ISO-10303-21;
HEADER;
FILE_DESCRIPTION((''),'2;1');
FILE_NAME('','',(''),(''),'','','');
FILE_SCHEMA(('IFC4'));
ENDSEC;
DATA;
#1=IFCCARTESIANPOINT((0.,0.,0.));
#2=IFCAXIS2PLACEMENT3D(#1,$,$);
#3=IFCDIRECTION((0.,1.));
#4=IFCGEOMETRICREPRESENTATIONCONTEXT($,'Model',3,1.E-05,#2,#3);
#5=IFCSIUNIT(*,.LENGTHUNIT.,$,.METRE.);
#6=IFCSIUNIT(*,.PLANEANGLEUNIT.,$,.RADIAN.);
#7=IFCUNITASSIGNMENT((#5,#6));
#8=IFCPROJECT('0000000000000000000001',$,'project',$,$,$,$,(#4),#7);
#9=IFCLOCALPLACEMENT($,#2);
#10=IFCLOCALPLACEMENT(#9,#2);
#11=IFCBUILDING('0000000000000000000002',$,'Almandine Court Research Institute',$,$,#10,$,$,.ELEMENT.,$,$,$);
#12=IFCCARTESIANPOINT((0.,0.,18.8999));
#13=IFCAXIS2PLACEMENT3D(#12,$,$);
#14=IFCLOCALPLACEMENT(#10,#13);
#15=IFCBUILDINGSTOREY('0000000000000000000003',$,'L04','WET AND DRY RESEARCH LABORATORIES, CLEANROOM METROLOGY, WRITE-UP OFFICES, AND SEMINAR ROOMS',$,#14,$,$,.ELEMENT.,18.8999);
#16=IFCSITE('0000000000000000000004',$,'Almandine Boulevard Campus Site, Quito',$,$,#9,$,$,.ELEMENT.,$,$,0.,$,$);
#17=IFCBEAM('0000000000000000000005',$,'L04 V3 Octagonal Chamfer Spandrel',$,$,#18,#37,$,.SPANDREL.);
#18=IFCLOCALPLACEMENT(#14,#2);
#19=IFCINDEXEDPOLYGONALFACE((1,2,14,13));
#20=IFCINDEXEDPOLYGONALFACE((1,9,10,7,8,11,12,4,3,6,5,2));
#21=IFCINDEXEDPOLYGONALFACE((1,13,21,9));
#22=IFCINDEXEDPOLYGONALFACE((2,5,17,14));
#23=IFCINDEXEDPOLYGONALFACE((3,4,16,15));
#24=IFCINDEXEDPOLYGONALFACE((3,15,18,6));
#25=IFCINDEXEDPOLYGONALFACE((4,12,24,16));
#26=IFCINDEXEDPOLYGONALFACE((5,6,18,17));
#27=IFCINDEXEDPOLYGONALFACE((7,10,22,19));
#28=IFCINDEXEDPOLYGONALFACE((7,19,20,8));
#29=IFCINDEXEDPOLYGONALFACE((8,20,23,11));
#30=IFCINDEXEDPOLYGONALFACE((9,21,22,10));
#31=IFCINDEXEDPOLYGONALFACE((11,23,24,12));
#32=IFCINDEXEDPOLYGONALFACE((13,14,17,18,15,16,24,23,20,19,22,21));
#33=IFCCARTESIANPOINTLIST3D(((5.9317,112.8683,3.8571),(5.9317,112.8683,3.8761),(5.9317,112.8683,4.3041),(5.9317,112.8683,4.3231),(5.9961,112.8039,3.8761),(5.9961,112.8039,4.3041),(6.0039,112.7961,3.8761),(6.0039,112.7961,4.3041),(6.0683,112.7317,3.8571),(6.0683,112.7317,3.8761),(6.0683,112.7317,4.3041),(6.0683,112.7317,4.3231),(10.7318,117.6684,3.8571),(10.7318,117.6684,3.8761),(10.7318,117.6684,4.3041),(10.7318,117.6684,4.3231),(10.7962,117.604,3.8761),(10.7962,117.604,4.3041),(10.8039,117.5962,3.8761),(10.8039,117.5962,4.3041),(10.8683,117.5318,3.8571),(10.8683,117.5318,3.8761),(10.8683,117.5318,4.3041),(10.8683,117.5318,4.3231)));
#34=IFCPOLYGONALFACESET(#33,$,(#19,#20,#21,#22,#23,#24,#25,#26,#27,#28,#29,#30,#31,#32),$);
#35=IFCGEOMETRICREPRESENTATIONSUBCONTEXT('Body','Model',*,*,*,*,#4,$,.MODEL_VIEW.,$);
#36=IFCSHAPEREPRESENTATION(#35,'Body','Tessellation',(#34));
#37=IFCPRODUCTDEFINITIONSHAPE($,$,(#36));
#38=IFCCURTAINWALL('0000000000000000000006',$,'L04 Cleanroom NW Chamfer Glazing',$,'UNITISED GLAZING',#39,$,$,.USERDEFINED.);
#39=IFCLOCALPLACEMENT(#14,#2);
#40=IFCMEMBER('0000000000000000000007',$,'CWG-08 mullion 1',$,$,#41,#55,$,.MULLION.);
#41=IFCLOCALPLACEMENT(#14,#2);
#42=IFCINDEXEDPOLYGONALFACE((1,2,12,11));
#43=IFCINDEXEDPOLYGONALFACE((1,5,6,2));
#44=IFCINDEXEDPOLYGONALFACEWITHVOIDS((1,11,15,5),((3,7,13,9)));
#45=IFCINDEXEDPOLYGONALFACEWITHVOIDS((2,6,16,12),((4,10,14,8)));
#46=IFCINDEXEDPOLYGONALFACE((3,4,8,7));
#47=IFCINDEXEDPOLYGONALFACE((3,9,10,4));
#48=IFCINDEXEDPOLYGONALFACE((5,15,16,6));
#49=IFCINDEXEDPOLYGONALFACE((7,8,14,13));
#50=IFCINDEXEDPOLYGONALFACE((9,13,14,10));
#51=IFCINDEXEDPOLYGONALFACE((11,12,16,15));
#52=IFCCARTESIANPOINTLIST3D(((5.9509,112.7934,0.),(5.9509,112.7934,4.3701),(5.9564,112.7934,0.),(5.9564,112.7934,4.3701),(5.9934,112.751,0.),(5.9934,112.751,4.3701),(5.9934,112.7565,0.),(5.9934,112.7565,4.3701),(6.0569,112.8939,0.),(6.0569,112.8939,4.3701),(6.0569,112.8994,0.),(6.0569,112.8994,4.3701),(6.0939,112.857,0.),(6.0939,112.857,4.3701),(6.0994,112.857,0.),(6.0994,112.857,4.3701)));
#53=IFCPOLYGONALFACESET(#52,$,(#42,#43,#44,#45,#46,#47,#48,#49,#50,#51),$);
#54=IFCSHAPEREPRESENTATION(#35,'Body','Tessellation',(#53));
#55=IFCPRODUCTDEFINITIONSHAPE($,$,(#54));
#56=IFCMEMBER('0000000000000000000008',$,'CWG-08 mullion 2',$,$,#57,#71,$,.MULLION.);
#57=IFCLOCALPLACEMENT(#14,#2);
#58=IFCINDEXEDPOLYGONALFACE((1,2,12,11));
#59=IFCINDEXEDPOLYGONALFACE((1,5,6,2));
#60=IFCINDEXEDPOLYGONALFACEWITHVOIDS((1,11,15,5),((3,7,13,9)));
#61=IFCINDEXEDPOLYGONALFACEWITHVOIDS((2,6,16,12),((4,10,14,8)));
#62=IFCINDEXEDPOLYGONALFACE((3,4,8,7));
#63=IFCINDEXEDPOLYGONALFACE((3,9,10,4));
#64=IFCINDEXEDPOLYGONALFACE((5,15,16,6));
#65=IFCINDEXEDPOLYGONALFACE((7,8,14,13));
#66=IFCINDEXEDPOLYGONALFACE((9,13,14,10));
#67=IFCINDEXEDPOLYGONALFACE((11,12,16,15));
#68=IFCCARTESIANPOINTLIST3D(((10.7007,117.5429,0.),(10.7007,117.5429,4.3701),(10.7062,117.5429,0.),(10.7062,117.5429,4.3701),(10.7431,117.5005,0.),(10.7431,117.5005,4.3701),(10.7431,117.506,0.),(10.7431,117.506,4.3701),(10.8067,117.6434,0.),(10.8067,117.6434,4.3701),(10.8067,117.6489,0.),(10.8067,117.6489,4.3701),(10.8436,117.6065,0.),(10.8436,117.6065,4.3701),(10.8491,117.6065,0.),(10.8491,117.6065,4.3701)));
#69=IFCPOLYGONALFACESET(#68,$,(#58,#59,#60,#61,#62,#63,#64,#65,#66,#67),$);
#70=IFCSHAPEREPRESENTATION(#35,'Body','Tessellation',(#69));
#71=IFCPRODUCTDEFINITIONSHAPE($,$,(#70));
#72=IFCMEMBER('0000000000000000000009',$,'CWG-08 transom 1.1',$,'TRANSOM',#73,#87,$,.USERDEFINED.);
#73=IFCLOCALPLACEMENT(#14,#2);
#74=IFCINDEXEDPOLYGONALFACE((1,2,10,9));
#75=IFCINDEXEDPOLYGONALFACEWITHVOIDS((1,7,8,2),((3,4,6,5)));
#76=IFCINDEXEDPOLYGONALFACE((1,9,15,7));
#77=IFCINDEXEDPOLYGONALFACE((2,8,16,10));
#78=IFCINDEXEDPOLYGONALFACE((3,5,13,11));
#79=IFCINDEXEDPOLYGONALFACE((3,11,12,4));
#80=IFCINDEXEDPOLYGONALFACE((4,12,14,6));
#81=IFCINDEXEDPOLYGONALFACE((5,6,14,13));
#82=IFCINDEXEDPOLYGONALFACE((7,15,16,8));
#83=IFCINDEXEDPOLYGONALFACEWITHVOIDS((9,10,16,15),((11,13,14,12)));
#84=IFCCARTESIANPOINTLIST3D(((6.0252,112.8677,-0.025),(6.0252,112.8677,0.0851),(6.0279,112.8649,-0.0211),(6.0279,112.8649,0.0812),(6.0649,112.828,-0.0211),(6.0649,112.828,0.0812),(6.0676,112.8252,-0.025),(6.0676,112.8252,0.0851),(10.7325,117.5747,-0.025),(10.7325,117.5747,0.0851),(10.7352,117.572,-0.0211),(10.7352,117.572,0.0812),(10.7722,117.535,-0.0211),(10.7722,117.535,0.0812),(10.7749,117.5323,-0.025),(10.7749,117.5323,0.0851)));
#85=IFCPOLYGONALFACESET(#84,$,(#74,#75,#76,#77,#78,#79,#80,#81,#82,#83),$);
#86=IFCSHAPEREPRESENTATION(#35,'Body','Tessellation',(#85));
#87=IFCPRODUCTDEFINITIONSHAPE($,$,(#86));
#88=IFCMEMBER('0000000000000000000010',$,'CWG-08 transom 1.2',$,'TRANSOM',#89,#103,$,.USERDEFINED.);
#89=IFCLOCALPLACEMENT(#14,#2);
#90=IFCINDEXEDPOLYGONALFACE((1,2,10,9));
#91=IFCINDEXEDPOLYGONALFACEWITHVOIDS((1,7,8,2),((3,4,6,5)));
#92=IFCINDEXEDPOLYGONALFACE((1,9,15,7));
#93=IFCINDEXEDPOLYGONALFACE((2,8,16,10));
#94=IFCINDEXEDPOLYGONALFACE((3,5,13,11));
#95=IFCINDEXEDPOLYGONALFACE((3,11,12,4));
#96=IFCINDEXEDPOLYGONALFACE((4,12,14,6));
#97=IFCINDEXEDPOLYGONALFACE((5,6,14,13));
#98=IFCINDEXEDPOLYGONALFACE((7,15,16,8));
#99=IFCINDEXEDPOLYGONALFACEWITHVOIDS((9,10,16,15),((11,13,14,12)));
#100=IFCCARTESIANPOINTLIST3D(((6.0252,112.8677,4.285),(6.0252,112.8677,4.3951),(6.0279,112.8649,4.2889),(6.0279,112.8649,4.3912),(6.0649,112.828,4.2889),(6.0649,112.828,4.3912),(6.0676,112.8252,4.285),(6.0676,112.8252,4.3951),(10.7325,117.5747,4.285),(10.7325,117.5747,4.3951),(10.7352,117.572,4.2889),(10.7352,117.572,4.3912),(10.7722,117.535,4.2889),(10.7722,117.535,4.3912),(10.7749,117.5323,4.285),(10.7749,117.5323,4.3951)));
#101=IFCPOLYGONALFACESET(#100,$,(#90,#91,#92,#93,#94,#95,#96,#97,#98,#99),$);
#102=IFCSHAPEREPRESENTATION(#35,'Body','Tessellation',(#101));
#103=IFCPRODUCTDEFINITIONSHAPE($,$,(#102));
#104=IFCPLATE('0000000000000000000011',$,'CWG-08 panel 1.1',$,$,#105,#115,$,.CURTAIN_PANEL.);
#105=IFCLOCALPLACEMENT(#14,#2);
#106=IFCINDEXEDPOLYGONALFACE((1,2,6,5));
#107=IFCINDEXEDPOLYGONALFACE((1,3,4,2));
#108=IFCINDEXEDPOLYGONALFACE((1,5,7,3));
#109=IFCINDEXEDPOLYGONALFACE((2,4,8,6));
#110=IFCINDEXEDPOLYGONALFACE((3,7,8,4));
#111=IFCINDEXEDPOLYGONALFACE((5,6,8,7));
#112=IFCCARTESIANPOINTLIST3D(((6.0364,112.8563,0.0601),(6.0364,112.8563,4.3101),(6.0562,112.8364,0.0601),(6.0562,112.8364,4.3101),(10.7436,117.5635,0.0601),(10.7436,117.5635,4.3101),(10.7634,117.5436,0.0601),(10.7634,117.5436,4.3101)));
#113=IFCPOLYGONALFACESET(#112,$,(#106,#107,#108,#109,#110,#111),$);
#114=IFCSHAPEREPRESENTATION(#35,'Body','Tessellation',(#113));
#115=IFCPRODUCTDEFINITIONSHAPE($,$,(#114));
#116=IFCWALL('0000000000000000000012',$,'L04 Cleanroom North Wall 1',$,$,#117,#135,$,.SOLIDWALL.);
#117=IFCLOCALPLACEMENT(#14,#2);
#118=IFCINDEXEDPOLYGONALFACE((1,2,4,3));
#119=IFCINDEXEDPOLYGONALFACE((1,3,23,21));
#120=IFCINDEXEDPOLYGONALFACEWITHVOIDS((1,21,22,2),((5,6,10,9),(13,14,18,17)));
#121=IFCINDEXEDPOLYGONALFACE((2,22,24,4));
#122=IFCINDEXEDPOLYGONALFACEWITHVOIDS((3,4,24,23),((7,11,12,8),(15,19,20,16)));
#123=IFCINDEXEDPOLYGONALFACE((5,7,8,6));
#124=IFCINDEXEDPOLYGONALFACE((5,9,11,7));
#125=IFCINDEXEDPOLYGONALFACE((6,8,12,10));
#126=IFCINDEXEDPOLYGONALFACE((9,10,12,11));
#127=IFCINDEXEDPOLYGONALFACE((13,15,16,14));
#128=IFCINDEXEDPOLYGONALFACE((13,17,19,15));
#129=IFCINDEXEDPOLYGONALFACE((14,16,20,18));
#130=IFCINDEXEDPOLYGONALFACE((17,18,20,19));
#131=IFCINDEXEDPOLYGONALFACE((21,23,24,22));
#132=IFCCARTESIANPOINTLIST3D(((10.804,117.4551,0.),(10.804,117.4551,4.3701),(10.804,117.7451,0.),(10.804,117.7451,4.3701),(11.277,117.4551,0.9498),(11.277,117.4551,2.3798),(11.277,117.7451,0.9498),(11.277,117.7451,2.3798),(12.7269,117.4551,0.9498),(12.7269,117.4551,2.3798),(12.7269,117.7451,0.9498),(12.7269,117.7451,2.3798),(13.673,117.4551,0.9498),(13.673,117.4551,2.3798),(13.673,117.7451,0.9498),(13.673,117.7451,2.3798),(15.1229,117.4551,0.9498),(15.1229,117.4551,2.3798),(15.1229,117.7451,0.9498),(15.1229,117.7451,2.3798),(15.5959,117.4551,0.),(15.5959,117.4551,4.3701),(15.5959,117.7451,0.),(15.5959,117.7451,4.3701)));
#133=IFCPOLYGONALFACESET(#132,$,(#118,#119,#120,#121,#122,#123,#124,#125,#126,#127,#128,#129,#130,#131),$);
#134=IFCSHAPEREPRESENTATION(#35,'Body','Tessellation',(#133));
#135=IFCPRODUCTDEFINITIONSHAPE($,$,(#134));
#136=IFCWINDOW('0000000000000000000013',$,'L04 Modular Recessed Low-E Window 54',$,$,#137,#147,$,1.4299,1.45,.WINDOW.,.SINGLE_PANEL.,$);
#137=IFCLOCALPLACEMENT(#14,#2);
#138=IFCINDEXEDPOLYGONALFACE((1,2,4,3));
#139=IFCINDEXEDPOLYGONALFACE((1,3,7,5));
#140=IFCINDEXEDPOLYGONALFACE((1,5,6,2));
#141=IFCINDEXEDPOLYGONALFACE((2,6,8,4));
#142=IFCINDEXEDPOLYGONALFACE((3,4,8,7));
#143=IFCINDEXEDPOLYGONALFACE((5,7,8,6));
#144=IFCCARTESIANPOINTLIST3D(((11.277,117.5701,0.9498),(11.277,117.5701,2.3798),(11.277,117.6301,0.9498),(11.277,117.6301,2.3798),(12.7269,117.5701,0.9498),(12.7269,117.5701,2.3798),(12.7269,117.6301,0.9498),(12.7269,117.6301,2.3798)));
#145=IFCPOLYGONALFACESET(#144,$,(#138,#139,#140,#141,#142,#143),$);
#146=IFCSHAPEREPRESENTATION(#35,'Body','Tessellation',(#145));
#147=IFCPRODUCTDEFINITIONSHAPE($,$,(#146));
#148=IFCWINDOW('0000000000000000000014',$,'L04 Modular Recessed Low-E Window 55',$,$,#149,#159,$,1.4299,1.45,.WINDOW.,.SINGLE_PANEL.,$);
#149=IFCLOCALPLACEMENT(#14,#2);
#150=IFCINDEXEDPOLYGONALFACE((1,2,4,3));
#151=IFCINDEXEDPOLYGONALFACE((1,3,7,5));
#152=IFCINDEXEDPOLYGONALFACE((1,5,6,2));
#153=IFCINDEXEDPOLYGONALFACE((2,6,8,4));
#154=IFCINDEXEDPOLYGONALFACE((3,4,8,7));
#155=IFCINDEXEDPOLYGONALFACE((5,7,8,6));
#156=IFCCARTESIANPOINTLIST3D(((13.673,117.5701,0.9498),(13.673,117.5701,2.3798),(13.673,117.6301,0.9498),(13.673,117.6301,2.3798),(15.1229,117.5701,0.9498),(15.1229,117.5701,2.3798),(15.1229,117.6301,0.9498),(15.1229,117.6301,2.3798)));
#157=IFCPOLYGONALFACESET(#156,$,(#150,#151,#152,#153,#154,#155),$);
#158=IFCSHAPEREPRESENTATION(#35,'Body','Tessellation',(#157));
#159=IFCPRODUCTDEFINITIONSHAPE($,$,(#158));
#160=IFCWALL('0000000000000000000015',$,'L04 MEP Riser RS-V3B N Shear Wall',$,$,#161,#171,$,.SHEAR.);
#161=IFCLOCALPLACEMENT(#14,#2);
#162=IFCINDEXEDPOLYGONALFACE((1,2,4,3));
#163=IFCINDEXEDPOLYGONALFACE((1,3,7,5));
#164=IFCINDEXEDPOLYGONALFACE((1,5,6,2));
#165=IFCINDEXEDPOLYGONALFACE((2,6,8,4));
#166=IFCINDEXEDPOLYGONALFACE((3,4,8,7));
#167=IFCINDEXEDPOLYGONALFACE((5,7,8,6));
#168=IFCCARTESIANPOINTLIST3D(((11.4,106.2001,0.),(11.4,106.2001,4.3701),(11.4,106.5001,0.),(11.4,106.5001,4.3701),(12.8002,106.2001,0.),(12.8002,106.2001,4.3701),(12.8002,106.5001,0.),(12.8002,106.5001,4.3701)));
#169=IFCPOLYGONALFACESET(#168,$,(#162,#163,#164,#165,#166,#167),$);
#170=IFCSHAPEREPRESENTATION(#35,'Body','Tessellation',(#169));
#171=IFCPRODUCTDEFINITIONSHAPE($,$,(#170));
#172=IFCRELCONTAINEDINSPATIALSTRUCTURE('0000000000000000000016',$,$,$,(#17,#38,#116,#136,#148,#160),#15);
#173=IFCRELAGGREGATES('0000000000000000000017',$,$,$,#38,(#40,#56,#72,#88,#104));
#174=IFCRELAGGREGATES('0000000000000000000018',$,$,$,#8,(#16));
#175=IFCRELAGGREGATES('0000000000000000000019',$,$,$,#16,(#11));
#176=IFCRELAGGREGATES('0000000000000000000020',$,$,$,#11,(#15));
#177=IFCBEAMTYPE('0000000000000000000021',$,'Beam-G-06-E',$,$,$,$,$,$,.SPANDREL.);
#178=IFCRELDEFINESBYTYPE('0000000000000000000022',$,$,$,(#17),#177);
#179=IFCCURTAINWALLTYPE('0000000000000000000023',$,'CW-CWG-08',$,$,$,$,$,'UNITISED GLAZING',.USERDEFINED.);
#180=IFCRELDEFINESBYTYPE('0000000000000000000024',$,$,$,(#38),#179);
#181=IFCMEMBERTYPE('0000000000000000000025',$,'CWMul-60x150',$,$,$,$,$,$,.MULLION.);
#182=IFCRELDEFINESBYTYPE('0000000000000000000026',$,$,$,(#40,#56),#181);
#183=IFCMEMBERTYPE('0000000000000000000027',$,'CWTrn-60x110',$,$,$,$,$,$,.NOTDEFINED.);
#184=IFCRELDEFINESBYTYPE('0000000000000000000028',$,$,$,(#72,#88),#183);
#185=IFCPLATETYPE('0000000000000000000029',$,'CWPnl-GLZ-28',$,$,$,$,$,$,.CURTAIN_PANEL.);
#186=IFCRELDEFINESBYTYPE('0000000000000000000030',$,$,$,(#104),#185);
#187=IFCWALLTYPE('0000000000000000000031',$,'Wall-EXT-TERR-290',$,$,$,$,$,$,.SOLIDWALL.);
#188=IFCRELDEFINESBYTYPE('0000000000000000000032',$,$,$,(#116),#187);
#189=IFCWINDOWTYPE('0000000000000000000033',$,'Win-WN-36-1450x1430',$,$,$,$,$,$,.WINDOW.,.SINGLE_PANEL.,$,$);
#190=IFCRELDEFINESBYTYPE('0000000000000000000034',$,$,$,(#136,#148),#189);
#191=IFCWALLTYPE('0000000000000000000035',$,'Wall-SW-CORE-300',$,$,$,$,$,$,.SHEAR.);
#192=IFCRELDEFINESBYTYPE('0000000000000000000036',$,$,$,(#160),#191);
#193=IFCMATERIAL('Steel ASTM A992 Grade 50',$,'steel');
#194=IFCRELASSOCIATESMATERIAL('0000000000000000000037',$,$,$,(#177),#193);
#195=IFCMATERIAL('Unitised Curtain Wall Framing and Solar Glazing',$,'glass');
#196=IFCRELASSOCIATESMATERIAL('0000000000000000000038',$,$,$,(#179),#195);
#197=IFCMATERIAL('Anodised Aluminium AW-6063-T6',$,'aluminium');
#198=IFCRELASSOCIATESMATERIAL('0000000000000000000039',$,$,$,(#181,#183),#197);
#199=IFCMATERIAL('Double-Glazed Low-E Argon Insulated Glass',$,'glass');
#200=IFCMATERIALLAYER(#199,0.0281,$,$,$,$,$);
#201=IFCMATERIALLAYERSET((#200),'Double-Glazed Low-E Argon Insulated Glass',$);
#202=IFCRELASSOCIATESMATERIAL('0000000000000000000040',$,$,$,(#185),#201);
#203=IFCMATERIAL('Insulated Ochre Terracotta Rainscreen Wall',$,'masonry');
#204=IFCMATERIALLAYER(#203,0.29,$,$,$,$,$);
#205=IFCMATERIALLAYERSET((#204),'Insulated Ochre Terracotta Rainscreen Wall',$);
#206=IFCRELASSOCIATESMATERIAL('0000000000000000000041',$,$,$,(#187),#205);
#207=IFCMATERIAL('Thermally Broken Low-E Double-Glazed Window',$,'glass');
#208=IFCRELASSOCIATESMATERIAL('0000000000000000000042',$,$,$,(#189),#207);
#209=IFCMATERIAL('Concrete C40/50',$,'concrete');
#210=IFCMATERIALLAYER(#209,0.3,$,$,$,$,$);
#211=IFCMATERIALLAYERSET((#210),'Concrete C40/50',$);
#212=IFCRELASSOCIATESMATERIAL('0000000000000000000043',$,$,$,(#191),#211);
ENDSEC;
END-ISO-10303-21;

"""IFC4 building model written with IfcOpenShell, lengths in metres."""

from ifc_helpers import new_model, si_unit, direction, frame, frame_2d, origin, origin_2d, place, context, subcontext, project, spatial, rectangle, hollow_rectangle, i_section, extrude, material, layer, layer_set, material_profile, profile_set, type_object, element, fill, aggregate, save


model = new_model("IFC4")

# Units and contexts
model_context = context("Model", 3, precision=1e-05, world=origin(), true_north=direction((0.0, 1.0)))
body_context = subcontext(model_context, "Body", "Model", "MODEL_VIEW")
ifc_project = project(units=[si_unit("LENGTHUNIT", "METRE"), si_unit("PLANEANGLEUNIT", "RADIAN")], contexts=[model_context])

# Site, building, storey
site_placement = place(None, origin())
site = spatial("IfcSite", under=ifc_project, at=site_placement, Name="Almandine Boulevard Campus Site, Quito", CompositionType="ELEMENT", RefElevation=0.0)
building_placement = place(site_placement, origin())
building = spatial("IfcBuilding", under=site, at=building_placement, Name="Almandine Court Research Institute", CompositionType="ELEMENT")
storey_placement = place(building_placement, frame((0.0, 0.0, 18.8999)))
storey = spatial("IfcBuildingStorey", under=building, at=storey_placement, Name="L04", Description="WET AND DRY RESEARCH LABORATORIES, CLEANROOM METROLOGY, WRITE-UP OFFICES, AND SEMINAR ROOMS", CompositionType="ELEMENT", Elevation=18.8999)

# Shared definitions
ifc_material_1 = material(Name="Steel ASTM A992 Grade 50", Category="steel")

# Beam
ifc_material_profile_1 = material_profile(ifc_material_1, i_section(OverallWidth=0.1931, OverallDepth=0.4661, WebThickness=0.011, FlangeThickness=0.019, at=origin_2d()), Name="W460x97")
ifc_profile_set_1 = profile_set([ifc_material_profile_1], Name="Steel ASTM A992 Grade 50")
beam_type_1 = type_object("IfcBeamType", Name="Beam-G-06-E", PredefinedType="SPANDREL", material=ifc_profile_set_1)
beam_1_placement = place(storey_placement, frame((10.8, 117.6001, 4.0901), z_axis=(-0.707107, -0.707107, 0.0), x_axis=(0.707107, -0.707107, 0.0)))
element("IfcBeam", 1, at=beam_1_placement, inside=storey, type_object=beam_type_1, Name="L04 V3 Octagonal Chamfer Spandrel", PredefinedType="SPANDREL", context=body_context, shape_type="SweptSolid", body=[
    extrude(i_section(OverallWidth=0.1931, OverallDepth=0.4661, WebThickness=0.011, FlangeThickness=0.019, at=origin_2d()), origin(), (0.0, 0.0, 1.0), 6.7883),
])

# Curtain wall, members, plate
ifc_material_2 = material(Name="Unitised Curtain Wall Framing and Solar Glazing", Category="glass")
curtain_wall_type = type_object("IfcCurtainWallType", Name="CW-CWG-08", ElementType="UNITISED GLAZING", PredefinedType="USERDEFINED", material=ifc_material_2)
curtain_wall_placement = place(storey_placement, origin())
curtain_wall = element("IfcCurtainWall", 2, at=curtain_wall_placement, inside=storey, type_object=curtain_wall_type, Name="L04 Cleanroom NW Chamfer Glazing", ObjectType="UNITISED GLAZING", PredefinedType="USERDEFINED")
ifc_material_3 = material(Name="Anodised Aluminium AW-6063-T6", Category="aluminium")
ifc_material_profile_2 = material_profile(ifc_material_3, hollow_rectangle(XDim=0.0601, YDim=0.1499, WallThickness=0.0039, at=origin_2d()), Name="ALU RHS 60x150x4")
ifc_profile_set_2 = profile_set([ifc_material_profile_2], Name="Anodised Aluminium AW-6063-T6")
member_type_1 = type_object("IfcMemberType", Name="CWMul-60x150", PredefinedType="MULLION", material=ifc_profile_set_2)
member_1_placement = place(storey_placement, frame((6.0251, 112.8252, 0.0), z_axis=(0.0, 0.0, 1.0), x_axis=(-0.707107, 0.707107, 0.0)))
member_1 = element("IfcMember", 3, at=member_1_placement, type_object=member_type_1, Name="CWG-08 mullion 1", PredefinedType="MULLION", context=body_context, shape_type="SweptSolid", body=[
    extrude(hollow_rectangle(XDim=0.0601, YDim=0.1499, WallThickness=0.0039, at=origin_2d()), origin(), (0.0, 0.0, 1.0), 4.3701),
])
member_2_placement = place(storey_placement, frame((10.7749, 117.5747, 0.0), z_axis=(0.0, 0.0, 1.0), x_axis=(-0.707107, 0.707107, 0.0)))
member_2 = element("IfcMember", 4, at=member_2_placement, type_object=member_type_1, Name="CWG-08 mullion 2", PredefinedType="MULLION", context=body_context, shape_type="SweptSolid", body=[
    extrude(hollow_rectangle(XDim=0.0601, YDim=0.1499, WallThickness=0.0039, at=origin_2d()), origin(), (0.0, 0.0, 1.0), 4.3701),
])
ifc_material_profile_3 = material_profile(ifc_material_3, hollow_rectangle(XDim=0.0601, YDim=0.1101, WallThickness=0.0039, at=origin_2d()), Name="ALU RHS 60x110x4")
ifc_profile_set_3 = profile_set([ifc_material_profile_3], Name="Anodised Aluminium AW-6063-T6")
member_type_2 = type_object("IfcMemberType", Name="CWTrn-60x110", PredefinedType="NOTDEFINED", material=ifc_profile_set_3)
member_3_placement = place(storey_placement, frame((6.0464, 112.8464, 0.03), z_axis=(0.707125, 0.707088, 0.0), x_axis=(-0.707088, 0.707125, 0.0)))
member_3 = element("IfcMember", 5, at=member_3_placement, type_object=member_type_2, Name="CWG-08 transom 1.1", ObjectType="TRANSOM", PredefinedType="USERDEFINED", context=body_context, shape_type="SweptSolid", body=[
    extrude(hollow_rectangle(XDim=0.0601, YDim=0.1101, WallThickness=0.0039, at=origin_2d()), origin(), (0.0, 0.0, 1.0), 6.657),
])
member_4_placement = place(storey_placement, frame((6.0464, 112.8464, 4.3401), z_axis=(0.707125, 0.707088, 0.0), x_axis=(-0.707088, 0.707125, 0.0)))
member_4 = element("IfcMember", 6, at=member_4_placement, type_object=member_type_2, Name="CWG-08 transom 1.2", ObjectType="TRANSOM", PredefinedType="USERDEFINED", context=body_context, shape_type="SweptSolid", body=[
    extrude(hollow_rectangle(XDim=0.0601, YDim=0.1101, WallThickness=0.0039, at=origin_2d()), origin(), (0.0, 0.0, 1.0), 6.657),
])
ifc_material_4 = material(Name="Double-Glazed Low-E Argon Insulated Glass", Category="glass")
ifc_layer_1 = layer(ifc_material_4, 0.0281)
ifc_layer_set_1 = layer_set([ifc_layer_1], Name="Double-Glazed Low-E Argon Insulated Glass")
plate_type = type_object("IfcPlateType", Name="CWPnl-GLZ-28", PredefinedType="CURTAIN_PANEL", material=ifc_layer_set_1)
plate_placement = place(storey_placement, frame((8.3999, 115.2, 0.0601), z_axis=(0.0, 0.0, 1.0), x_axis=(0.707107, 0.707107, 0.0)))
plate = element("IfcPlate", 7, at=plate_placement, type_object=plate_type, Name="CWG-08 panel 1.1", PredefinedType="CURTAIN_PANEL", context=body_context, shape_type="SweptSolid", body=[
    extrude(rectangle(XDim=6.657, YDim=0.0281, at=origin_2d()), origin(), (0.0, 0.0, 1.0), 4.25),
])
aggregate(curtain_wall, [member_1, member_2, member_3, member_4, plate])

# Wall, openings, windows
ifc_material_5 = material(Name="Insulated Ochre Terracotta Rainscreen Wall", Category="masonry")
ifc_layer_2 = layer(ifc_material_5, 0.29)
ifc_layer_set_2 = layer_set([ifc_layer_2], Name="Insulated Ochre Terracotta Rainscreen Wall")
wall_type_1 = type_object("IfcWallType", Name="Wall-EXT-TERR-290", PredefinedType="SOLIDWALL", material=ifc_layer_set_2)
wall_1_placement = place(storey_placement, frame((10.804, 117.6001, 0.0), z_axis=(0.0, 0.0, 1.0), x_axis=(1.0, 0.0, 0.0)))
wall_1 = element("IfcWall", 8, at=wall_1_placement, inside=storey, type_object=wall_type_1, Name="L04 Cleanroom North Wall 1", PredefinedType="SOLIDWALL", context=body_context, shape_type="SweptSolid", body=[
    extrude(rectangle(XDim=4.792, YDim=0.29, at=frame_2d((2.396, 0.0))), origin(), (0.0, 0.0, 1.0), 4.3701),
])
opening_1_placement = place(wall_1_placement, frame((0.4729, 0.0, 0.95)))
opening_1 = element("IfcOpeningElement", 9, at=opening_1_placement, cuts=wall_1, PredefinedType="OPENING", context=body_context, shape_type="SweptSolid", body=[
    extrude(rectangle(XDim=1.45, YDim=1.4299, at=frame_2d((0.7251, 0.7148))), frame((0.0, 0.155, 0.0), z_axis=(0.0, -1.0, 0.0), x_axis=(1.0, 0.0, 0.0)), (0.0, 0.0, 1.0), 0.3101),
])
opening_2_placement = place(wall_1_placement, frame((2.8689, 0.0, 0.95)))
opening_2 = element("IfcOpeningElement", 10, at=opening_2_placement, cuts=wall_1, PredefinedType="OPENING", context=body_context, shape_type="SweptSolid", body=[
    extrude(rectangle(XDim=1.45, YDim=1.4299, at=frame_2d((0.7251, 0.7148))), frame((0.0, 0.155, 0.0), z_axis=(0.0, -1.0, 0.0), x_axis=(1.0, 0.0, 0.0)), (0.0, 0.0, 1.0), 0.3101),
])
ifc_material_6 = material(Name="Thermally Broken Low-E Double-Glazed Window", Category="glass")
window_type = type_object("IfcWindowType", Name="Win-WN-36-1450x1430", PartitioningType="SINGLE_PANEL", PredefinedType="WINDOW", material=ifc_material_6)
window_1_placement = place(opening_1_placement, origin())
window_1 = element("IfcWindow", 11, at=window_1_placement, inside=storey, type_object=window_type, Name="L04 Modular Recessed Low-E Window 54", OverallHeight=1.4299, OverallWidth=1.45, PartitioningType="SINGLE_PANEL", PredefinedType="WINDOW", context=body_context, shape_type="SweptSolid", body=[
    extrude(rectangle(XDim=1.45, YDim=1.4299, at=frame_2d((0.7251, 0.7148))), frame((0.0, 0.03, 0.0), z_axis=(0.0, -1.0, 0.0), x_axis=(1.0, 0.0, 0.0)), (0.0, 0.0, 1.0), 0.0601),
])
fill(opening_1, window_1)
window_2_placement = place(opening_2_placement, origin())
window_2 = element("IfcWindow", 12, at=window_2_placement, inside=storey, type_object=window_type, Name="L04 Modular Recessed Low-E Window 55", OverallHeight=1.4299, OverallWidth=1.45, PartitioningType="SINGLE_PANEL", PredefinedType="WINDOW", context=body_context, shape_type="SweptSolid", body=[
    extrude(rectangle(XDim=1.45, YDim=1.4299, at=frame_2d((0.7251, 0.7148))), frame((0.0, 0.03, 0.0), z_axis=(0.0, -1.0, 0.0), x_axis=(1.0, 0.0, 0.0)), (0.0, 0.0, 1.0), 0.0601),
])
fill(opening_2, window_2)

# Wall
ifc_material_7 = material(Name="Concrete C40/50", Category="concrete")
ifc_layer_3 = layer(ifc_material_7, 0.3)
ifc_layer_set_3 = layer_set([ifc_layer_3], Name="Concrete C40/50")
wall_type_2 = type_object("IfcWallType", Name="Wall-SW-CORE-300", PredefinedType="SHEAR", material=ifc_layer_set_3)
wall_2_placement = place(storey_placement, frame((11.3999, 106.3501, 0.0), z_axis=(0.0, 0.0, 1.0), x_axis=(1.0, 0.0, 0.0)))
element("IfcWall", 13, at=wall_2_placement, inside=storey, type_object=wall_type_2, Name="L04 MEP Riser RS-V3B N Shear Wall", PredefinedType="SHEAR", context=body_context, shape_type="SweptSolid", body=[
    extrude(rectangle(XDim=1.4001, YDim=0.3, at=frame_2d((0.7002, 0.0))), origin(), (0.0, 0.0, 1.0), 4.3701),
])

save(model, "model.ifc")
